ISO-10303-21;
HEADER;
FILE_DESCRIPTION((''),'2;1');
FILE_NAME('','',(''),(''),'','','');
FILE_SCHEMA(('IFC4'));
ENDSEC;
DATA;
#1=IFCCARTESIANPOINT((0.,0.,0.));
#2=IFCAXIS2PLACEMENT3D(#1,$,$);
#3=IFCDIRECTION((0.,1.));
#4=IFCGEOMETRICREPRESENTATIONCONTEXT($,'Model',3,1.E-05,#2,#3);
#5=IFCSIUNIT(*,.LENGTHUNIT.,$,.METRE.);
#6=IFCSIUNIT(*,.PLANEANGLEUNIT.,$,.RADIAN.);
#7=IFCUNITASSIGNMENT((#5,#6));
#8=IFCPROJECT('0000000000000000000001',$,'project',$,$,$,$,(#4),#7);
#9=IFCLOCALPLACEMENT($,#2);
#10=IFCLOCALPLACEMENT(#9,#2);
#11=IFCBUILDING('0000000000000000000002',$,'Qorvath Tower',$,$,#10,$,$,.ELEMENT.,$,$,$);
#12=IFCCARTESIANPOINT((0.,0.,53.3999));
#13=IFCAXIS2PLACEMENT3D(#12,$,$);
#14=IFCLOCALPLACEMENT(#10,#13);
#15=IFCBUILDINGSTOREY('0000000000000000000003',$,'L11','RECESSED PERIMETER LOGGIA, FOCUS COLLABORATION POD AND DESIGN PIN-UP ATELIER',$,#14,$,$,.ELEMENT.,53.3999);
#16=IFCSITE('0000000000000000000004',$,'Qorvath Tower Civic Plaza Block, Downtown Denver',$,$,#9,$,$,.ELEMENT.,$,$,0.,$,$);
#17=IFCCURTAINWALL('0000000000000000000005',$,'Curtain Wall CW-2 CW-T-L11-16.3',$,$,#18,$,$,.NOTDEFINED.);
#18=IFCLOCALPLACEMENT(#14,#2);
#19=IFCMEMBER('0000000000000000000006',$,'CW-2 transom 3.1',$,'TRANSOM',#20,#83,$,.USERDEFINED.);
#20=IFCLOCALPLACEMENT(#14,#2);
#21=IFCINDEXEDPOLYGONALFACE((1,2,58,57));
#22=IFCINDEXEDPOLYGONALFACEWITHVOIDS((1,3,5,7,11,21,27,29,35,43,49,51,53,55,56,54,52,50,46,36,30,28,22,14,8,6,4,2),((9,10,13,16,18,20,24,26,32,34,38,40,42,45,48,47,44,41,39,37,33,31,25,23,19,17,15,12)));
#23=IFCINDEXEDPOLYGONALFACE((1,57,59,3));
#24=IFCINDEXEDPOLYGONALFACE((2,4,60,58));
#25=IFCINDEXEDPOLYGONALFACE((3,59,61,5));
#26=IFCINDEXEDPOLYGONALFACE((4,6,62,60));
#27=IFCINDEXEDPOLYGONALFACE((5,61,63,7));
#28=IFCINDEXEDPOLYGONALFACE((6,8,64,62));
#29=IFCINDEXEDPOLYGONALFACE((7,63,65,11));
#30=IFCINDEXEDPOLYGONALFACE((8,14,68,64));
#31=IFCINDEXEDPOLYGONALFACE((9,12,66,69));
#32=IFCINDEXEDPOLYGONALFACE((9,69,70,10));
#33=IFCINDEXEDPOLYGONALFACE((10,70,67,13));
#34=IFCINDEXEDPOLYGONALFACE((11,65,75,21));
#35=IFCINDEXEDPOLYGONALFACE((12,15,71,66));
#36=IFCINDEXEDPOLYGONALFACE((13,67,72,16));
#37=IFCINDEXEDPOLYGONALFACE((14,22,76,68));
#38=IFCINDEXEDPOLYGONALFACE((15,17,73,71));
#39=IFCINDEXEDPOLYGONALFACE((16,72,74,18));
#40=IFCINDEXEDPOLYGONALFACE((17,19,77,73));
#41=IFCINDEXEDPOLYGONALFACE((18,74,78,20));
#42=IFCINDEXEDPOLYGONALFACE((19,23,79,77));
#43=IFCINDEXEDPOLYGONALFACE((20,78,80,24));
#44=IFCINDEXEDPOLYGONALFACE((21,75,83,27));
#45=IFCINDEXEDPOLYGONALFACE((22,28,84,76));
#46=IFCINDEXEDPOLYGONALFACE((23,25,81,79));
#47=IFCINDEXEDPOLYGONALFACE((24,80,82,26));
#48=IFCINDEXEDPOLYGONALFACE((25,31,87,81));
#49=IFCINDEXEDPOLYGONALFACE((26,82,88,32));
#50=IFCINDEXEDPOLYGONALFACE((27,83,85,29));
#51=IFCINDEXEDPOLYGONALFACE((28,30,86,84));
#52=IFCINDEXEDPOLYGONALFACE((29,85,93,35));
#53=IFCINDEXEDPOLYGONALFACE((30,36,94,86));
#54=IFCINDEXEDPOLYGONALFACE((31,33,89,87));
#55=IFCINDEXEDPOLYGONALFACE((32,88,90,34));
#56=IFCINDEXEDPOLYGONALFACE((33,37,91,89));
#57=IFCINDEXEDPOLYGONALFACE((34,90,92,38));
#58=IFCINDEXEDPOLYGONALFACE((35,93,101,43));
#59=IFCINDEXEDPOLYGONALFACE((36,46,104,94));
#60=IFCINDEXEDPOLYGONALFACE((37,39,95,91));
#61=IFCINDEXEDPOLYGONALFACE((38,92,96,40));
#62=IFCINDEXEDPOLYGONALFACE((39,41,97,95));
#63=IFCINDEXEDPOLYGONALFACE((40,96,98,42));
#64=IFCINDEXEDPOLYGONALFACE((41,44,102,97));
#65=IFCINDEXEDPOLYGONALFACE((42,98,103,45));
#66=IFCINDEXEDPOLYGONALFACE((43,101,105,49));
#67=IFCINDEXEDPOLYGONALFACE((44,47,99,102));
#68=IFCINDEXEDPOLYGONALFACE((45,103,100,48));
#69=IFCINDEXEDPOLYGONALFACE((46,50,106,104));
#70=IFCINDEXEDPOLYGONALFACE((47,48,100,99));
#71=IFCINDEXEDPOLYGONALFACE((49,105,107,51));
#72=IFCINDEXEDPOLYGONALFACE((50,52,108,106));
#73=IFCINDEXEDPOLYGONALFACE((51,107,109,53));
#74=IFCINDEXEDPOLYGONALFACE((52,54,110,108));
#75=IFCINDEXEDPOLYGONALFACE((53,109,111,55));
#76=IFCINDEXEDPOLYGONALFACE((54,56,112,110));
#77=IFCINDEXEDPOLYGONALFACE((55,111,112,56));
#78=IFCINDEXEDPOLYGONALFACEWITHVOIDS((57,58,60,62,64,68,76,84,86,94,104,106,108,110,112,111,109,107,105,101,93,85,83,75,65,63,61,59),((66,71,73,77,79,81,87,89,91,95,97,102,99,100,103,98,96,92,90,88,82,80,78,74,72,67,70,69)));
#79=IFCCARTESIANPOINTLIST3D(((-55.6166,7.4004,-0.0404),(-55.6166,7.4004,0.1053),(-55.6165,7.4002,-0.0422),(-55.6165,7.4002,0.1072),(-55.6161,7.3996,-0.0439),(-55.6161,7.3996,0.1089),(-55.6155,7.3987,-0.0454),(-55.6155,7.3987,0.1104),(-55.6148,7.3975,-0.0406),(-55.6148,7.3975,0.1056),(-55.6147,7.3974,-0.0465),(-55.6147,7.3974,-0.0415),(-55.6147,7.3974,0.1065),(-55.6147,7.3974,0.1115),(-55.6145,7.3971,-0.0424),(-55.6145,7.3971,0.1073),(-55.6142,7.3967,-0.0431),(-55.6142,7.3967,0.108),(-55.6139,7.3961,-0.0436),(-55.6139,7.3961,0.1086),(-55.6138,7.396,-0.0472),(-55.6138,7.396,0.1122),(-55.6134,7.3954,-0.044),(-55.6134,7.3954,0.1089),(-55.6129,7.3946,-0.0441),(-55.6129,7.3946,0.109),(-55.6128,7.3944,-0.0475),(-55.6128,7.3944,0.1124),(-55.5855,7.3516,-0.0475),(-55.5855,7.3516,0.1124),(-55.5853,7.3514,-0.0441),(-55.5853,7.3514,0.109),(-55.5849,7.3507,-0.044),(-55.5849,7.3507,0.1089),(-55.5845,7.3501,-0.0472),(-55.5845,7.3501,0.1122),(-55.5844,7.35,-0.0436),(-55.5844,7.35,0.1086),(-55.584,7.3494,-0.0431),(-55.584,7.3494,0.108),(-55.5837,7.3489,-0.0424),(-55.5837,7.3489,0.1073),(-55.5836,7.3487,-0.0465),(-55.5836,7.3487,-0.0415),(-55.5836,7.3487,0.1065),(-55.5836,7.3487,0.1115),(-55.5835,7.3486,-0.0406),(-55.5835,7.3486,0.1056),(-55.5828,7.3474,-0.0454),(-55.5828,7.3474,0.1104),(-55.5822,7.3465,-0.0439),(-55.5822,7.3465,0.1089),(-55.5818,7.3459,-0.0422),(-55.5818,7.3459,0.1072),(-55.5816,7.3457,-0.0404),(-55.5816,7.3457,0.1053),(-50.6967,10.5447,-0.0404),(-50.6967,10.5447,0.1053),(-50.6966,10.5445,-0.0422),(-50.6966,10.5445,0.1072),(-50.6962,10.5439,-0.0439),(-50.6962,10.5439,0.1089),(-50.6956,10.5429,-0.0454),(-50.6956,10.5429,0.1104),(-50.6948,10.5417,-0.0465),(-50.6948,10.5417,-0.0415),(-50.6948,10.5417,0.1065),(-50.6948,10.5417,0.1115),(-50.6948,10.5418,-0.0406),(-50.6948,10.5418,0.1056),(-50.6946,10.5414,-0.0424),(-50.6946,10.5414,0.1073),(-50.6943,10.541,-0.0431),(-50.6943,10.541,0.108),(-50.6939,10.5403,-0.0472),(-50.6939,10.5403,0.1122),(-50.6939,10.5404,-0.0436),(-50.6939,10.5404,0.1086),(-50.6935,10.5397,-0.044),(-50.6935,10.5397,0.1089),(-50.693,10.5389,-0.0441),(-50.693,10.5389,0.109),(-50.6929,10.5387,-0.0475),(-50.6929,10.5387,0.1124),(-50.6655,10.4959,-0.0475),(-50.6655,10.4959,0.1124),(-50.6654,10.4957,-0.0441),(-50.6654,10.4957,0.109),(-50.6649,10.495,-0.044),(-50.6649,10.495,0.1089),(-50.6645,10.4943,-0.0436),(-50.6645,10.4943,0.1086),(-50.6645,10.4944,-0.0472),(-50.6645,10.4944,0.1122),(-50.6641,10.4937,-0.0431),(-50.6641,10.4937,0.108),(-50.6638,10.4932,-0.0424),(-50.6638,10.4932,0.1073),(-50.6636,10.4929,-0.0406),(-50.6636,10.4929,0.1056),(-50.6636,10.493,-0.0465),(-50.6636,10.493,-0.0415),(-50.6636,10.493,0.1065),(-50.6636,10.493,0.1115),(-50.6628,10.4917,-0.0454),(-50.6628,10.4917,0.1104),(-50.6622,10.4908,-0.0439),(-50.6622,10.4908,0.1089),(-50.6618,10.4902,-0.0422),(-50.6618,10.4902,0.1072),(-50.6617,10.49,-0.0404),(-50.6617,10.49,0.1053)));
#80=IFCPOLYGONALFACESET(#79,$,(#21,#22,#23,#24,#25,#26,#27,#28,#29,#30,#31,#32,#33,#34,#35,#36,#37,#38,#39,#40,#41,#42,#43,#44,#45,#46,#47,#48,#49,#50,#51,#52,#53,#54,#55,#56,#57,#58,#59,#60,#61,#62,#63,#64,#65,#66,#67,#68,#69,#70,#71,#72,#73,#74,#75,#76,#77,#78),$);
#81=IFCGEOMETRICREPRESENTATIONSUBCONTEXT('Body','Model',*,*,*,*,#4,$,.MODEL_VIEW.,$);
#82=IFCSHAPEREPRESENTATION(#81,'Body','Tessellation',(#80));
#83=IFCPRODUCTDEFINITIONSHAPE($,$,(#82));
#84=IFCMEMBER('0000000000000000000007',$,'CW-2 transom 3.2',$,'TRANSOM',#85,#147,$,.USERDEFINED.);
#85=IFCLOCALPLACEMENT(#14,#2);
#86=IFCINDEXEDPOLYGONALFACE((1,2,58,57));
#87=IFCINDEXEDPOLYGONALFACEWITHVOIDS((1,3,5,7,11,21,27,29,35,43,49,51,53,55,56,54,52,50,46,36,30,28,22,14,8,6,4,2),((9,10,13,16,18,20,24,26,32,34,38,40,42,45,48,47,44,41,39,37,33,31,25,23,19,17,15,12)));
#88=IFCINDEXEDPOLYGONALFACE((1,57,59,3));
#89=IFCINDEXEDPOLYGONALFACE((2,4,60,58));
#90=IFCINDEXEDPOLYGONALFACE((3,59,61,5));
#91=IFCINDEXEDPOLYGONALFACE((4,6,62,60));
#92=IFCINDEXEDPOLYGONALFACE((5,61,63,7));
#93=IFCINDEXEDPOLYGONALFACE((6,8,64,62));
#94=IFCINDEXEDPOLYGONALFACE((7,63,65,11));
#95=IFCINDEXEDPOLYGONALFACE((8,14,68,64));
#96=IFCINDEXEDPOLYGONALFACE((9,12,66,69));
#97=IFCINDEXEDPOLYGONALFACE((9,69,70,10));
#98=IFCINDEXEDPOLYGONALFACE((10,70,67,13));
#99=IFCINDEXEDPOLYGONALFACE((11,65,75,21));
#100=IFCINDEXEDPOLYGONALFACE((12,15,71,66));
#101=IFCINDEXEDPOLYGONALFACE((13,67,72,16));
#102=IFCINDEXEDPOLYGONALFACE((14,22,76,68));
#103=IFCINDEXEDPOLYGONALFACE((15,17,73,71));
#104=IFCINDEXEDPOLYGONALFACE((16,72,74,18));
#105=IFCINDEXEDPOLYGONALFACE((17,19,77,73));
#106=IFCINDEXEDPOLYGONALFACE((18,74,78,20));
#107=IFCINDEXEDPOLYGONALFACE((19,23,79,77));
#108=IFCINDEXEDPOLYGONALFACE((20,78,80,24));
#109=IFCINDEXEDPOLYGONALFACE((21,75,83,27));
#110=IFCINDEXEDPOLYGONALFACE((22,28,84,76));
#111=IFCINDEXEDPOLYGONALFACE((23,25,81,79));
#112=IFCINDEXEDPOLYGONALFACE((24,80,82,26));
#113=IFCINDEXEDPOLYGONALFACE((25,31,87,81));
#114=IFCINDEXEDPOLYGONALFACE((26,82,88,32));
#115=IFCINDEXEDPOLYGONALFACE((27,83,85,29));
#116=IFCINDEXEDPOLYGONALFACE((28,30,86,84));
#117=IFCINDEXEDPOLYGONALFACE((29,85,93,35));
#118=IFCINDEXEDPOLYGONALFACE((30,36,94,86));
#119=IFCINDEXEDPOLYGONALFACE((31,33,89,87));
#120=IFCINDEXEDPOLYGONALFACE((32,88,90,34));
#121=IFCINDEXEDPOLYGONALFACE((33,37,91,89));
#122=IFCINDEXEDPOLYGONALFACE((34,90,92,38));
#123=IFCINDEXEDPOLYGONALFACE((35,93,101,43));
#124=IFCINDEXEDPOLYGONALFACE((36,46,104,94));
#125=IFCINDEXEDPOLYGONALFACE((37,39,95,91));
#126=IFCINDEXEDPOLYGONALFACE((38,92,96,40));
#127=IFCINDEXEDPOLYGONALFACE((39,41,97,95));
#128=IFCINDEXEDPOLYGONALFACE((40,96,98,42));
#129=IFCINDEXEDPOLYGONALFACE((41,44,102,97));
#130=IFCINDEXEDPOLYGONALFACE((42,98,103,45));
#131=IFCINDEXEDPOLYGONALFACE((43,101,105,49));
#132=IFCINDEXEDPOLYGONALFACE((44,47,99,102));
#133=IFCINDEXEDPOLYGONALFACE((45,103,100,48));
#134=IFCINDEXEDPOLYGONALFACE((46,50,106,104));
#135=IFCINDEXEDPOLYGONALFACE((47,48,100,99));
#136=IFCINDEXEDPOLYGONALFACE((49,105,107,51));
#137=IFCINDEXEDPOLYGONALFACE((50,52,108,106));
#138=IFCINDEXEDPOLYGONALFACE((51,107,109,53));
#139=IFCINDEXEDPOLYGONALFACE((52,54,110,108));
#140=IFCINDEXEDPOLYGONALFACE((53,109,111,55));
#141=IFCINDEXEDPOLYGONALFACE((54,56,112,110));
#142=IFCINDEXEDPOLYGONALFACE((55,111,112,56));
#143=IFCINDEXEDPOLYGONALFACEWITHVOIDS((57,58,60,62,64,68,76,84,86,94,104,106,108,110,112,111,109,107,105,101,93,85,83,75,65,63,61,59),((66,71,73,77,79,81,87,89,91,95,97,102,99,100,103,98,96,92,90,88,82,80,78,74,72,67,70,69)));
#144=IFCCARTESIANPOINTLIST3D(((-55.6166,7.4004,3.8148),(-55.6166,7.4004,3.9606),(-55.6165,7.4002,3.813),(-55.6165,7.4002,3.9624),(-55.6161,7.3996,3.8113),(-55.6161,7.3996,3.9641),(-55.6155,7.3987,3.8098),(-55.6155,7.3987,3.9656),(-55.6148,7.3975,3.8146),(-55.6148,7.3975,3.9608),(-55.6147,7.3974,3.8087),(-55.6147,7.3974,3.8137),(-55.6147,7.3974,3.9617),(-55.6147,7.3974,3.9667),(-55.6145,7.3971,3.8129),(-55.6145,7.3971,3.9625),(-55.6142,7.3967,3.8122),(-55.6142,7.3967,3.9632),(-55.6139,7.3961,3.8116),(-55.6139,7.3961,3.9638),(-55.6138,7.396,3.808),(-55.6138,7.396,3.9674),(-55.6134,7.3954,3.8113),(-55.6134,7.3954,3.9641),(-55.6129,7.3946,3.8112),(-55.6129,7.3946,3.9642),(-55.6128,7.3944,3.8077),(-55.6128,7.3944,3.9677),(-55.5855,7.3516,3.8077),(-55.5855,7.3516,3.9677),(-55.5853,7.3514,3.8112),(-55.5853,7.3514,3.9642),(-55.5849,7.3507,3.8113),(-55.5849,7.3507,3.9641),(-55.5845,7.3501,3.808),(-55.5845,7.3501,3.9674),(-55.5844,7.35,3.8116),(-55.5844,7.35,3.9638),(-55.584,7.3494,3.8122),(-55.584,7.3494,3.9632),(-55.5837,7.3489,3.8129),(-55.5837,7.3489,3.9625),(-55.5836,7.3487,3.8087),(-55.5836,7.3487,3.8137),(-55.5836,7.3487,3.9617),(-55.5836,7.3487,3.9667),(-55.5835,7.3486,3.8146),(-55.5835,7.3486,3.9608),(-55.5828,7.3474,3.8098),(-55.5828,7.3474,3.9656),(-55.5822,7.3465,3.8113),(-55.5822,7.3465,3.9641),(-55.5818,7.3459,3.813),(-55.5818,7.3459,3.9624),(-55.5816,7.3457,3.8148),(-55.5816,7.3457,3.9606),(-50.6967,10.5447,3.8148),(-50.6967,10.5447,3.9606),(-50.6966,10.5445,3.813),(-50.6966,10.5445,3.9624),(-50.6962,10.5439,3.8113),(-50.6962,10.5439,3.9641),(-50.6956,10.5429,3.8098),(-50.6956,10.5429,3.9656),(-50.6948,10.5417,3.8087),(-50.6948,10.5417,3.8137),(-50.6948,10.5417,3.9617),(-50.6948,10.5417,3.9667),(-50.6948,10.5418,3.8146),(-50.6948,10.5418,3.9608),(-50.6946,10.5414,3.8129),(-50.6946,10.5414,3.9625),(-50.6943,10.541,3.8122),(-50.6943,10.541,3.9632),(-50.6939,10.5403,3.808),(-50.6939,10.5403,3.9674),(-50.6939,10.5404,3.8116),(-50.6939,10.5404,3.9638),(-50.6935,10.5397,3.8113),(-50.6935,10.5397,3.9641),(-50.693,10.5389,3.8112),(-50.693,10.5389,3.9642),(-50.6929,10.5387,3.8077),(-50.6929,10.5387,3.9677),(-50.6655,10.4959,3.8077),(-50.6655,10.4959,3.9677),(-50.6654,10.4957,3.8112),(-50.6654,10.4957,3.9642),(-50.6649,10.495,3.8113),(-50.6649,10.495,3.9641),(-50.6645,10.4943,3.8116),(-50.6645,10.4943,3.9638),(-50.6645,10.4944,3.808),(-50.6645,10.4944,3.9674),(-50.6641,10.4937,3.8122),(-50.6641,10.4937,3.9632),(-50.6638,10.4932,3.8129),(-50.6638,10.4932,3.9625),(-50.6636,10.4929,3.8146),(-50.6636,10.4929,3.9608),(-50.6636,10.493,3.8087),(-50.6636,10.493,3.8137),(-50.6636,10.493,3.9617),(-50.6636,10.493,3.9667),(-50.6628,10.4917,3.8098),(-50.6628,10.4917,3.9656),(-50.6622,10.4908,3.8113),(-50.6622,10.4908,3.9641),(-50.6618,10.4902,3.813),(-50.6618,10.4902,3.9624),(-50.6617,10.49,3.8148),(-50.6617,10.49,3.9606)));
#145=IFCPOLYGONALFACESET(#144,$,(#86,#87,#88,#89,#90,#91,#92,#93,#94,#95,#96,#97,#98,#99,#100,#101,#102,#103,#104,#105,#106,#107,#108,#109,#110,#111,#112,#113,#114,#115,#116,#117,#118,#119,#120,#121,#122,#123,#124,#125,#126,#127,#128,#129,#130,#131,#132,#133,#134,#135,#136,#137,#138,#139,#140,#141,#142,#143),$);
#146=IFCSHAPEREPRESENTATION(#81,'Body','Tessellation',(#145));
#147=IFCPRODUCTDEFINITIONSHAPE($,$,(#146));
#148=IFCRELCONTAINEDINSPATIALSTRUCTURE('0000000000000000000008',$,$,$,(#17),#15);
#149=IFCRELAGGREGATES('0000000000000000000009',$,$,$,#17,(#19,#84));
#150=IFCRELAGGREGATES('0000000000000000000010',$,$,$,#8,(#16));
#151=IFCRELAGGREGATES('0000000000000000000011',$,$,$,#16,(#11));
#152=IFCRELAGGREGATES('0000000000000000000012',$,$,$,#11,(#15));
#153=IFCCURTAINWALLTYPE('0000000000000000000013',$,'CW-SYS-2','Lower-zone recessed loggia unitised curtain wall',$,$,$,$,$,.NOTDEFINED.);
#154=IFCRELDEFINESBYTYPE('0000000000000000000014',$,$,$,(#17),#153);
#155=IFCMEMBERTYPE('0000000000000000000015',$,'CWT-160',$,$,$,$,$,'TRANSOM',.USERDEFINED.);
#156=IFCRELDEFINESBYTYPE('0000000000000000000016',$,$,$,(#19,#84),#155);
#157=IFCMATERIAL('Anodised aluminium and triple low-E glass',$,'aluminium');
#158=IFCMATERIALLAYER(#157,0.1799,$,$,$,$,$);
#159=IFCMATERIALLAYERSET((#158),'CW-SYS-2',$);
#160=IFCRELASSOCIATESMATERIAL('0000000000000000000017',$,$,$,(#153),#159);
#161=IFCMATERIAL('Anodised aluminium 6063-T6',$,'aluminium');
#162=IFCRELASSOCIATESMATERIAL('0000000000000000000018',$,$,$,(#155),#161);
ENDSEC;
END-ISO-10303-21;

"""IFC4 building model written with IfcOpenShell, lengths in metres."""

from ifc_helpers import new_model, si_unit, direction, frame, origin, origin_2d, place, context, subcontext, project, spatial, hollow_rectangle, extrude, material, layer, layer_set, material_profile, profile_set, type_object, element, aggregate, save


model = new_model("IFC4")

# Units and contexts
model_context = context("Model", 3, precision=1e-05, world=origin(), true_north=direction((0.0, 1.0)))
body_context = subcontext(model_context, "Body", "Model", "MODEL_VIEW")
ifc_project = project(units=[si_unit("LENGTHUNIT", "METRE"), si_unit("PLANEANGLEUNIT", "RADIAN")], contexts=[model_context])

# Site, building, storey
site_placement = place(None, origin())
site = spatial("IfcSite", under=ifc_project, at=site_placement, Name="Qorvath Tower Civic Plaza Block, Downtown Denver", CompositionType="ELEMENT", RefElevation=0.0)
building_placement = place(site_placement, origin())
building = spatial("IfcBuilding", under=site, at=building_placement, Name="Qorvath Tower", CompositionType="ELEMENT")
storey_placement = place(building_placement, frame((0.0, 0.0, 53.3999)))
storey = spatial("IfcBuildingStorey", under=building, at=storey_placement, Name="L11", Description="RECESSED PERIMETER LOGGIA, FOCUS COLLABORATION POD AND DESIGN PIN-UP ATELIER", CompositionType="ELEMENT", Elevation=53.3999)

# Curtain wall, members
ifc_material_1 = material(Name="Anodised aluminium and triple low-E glass", Category="aluminium")
ifc_layer_1 = layer(ifc_material_1, 0.1799)
ifc_layer_set_1 = layer_set([ifc_layer_1], Name="CW-SYS-2")
curtain_wall_type = type_object("IfcCurtainWallType", Name="CW-SYS-2", Description="Lower-zone recessed loggia unitised curtain wall", PredefinedType="NOTDEFINED", material=ifc_layer_set_1)
curtain_wall_placement = place(storey_placement, origin())
curtain_wall = element("IfcCurtainWall", 1, at=curtain_wall_placement, inside=storey, type_object=curtain_wall_type, Name="Curtain Wall CW-2 CW-T-L11-16.3", PredefinedType="NOTDEFINED")
ifc_material_2 = material(Name="Anodised aluminium 6063-T6", Category="aluminium")
ifc_material_profile_1 = material_profile(ifc_material_2, hollow_rectangle(XDim=0.0649, YDim=0.1599, WallThickness=0.0034, InnerFilletRadius=0.0034, OuterFilletRadius=0.0071, at=origin_2d()), Name="CWT 160x65")
ifc_profile_set_1 = profile_set([ifc_material_profile_1], Name="Anodised aluminium 6063-T6")
member_type_1 = type_object("IfcMemberType", Name="CWT-160", ElementType="TRANSOM", PredefinedType="USERDEFINED", material=ifc_profile_set_1)
member_1_placement = place(storey_placement, frame((-50.6792, 10.5173, 0.0325), z_axis=(-0.842618, -0.538511, 0.0), x_axis=(0.538511, -0.842618, 0.0)))
member_1 = element("IfcMember", 2, at=member_1_placement, type_object=member_type_1, Name="CW-2 transom 3.1", ObjectType="TRANSOM", PredefinedType="USERDEFINED", context=body_context, shape_type="SweptSolid", body=[
    extrude(hollow_rectangle(XDim=0.0649, YDim=0.1599, WallThickness=0.0034, InnerFilletRadius=0.0034, OuterFilletRadius=0.0071, at=origin_2d()), origin(), (0.0, 0.0, 1.0), 5.8389),
])
member_2_placement = place(storey_placement, frame((-50.6792, 10.5173, 3.8877), z_axis=(-0.842618, -0.538511, 0.0), x_axis=(0.538511, -0.842618, 0.0)))
member_2 = element("IfcMember", 3, at=member_2_placement, type_object=member_type_1, Name="CW-2 transom 3.2", ObjectType="TRANSOM", PredefinedType="USERDEFINED", context=body_context, shape_type="SweptSolid", body=[
    extrude(hollow_rectangle(XDim=0.0649, YDim=0.1599, WallThickness=0.0034, InnerFilletRadius=0.0034, OuterFilletRadius=0.0071, at=origin_2d()), origin(), (0.0, 0.0, 1.0), 5.8389),
])
aggregate(curtain_wall, [member_1, member_2])

save(model, "model.ifc")
